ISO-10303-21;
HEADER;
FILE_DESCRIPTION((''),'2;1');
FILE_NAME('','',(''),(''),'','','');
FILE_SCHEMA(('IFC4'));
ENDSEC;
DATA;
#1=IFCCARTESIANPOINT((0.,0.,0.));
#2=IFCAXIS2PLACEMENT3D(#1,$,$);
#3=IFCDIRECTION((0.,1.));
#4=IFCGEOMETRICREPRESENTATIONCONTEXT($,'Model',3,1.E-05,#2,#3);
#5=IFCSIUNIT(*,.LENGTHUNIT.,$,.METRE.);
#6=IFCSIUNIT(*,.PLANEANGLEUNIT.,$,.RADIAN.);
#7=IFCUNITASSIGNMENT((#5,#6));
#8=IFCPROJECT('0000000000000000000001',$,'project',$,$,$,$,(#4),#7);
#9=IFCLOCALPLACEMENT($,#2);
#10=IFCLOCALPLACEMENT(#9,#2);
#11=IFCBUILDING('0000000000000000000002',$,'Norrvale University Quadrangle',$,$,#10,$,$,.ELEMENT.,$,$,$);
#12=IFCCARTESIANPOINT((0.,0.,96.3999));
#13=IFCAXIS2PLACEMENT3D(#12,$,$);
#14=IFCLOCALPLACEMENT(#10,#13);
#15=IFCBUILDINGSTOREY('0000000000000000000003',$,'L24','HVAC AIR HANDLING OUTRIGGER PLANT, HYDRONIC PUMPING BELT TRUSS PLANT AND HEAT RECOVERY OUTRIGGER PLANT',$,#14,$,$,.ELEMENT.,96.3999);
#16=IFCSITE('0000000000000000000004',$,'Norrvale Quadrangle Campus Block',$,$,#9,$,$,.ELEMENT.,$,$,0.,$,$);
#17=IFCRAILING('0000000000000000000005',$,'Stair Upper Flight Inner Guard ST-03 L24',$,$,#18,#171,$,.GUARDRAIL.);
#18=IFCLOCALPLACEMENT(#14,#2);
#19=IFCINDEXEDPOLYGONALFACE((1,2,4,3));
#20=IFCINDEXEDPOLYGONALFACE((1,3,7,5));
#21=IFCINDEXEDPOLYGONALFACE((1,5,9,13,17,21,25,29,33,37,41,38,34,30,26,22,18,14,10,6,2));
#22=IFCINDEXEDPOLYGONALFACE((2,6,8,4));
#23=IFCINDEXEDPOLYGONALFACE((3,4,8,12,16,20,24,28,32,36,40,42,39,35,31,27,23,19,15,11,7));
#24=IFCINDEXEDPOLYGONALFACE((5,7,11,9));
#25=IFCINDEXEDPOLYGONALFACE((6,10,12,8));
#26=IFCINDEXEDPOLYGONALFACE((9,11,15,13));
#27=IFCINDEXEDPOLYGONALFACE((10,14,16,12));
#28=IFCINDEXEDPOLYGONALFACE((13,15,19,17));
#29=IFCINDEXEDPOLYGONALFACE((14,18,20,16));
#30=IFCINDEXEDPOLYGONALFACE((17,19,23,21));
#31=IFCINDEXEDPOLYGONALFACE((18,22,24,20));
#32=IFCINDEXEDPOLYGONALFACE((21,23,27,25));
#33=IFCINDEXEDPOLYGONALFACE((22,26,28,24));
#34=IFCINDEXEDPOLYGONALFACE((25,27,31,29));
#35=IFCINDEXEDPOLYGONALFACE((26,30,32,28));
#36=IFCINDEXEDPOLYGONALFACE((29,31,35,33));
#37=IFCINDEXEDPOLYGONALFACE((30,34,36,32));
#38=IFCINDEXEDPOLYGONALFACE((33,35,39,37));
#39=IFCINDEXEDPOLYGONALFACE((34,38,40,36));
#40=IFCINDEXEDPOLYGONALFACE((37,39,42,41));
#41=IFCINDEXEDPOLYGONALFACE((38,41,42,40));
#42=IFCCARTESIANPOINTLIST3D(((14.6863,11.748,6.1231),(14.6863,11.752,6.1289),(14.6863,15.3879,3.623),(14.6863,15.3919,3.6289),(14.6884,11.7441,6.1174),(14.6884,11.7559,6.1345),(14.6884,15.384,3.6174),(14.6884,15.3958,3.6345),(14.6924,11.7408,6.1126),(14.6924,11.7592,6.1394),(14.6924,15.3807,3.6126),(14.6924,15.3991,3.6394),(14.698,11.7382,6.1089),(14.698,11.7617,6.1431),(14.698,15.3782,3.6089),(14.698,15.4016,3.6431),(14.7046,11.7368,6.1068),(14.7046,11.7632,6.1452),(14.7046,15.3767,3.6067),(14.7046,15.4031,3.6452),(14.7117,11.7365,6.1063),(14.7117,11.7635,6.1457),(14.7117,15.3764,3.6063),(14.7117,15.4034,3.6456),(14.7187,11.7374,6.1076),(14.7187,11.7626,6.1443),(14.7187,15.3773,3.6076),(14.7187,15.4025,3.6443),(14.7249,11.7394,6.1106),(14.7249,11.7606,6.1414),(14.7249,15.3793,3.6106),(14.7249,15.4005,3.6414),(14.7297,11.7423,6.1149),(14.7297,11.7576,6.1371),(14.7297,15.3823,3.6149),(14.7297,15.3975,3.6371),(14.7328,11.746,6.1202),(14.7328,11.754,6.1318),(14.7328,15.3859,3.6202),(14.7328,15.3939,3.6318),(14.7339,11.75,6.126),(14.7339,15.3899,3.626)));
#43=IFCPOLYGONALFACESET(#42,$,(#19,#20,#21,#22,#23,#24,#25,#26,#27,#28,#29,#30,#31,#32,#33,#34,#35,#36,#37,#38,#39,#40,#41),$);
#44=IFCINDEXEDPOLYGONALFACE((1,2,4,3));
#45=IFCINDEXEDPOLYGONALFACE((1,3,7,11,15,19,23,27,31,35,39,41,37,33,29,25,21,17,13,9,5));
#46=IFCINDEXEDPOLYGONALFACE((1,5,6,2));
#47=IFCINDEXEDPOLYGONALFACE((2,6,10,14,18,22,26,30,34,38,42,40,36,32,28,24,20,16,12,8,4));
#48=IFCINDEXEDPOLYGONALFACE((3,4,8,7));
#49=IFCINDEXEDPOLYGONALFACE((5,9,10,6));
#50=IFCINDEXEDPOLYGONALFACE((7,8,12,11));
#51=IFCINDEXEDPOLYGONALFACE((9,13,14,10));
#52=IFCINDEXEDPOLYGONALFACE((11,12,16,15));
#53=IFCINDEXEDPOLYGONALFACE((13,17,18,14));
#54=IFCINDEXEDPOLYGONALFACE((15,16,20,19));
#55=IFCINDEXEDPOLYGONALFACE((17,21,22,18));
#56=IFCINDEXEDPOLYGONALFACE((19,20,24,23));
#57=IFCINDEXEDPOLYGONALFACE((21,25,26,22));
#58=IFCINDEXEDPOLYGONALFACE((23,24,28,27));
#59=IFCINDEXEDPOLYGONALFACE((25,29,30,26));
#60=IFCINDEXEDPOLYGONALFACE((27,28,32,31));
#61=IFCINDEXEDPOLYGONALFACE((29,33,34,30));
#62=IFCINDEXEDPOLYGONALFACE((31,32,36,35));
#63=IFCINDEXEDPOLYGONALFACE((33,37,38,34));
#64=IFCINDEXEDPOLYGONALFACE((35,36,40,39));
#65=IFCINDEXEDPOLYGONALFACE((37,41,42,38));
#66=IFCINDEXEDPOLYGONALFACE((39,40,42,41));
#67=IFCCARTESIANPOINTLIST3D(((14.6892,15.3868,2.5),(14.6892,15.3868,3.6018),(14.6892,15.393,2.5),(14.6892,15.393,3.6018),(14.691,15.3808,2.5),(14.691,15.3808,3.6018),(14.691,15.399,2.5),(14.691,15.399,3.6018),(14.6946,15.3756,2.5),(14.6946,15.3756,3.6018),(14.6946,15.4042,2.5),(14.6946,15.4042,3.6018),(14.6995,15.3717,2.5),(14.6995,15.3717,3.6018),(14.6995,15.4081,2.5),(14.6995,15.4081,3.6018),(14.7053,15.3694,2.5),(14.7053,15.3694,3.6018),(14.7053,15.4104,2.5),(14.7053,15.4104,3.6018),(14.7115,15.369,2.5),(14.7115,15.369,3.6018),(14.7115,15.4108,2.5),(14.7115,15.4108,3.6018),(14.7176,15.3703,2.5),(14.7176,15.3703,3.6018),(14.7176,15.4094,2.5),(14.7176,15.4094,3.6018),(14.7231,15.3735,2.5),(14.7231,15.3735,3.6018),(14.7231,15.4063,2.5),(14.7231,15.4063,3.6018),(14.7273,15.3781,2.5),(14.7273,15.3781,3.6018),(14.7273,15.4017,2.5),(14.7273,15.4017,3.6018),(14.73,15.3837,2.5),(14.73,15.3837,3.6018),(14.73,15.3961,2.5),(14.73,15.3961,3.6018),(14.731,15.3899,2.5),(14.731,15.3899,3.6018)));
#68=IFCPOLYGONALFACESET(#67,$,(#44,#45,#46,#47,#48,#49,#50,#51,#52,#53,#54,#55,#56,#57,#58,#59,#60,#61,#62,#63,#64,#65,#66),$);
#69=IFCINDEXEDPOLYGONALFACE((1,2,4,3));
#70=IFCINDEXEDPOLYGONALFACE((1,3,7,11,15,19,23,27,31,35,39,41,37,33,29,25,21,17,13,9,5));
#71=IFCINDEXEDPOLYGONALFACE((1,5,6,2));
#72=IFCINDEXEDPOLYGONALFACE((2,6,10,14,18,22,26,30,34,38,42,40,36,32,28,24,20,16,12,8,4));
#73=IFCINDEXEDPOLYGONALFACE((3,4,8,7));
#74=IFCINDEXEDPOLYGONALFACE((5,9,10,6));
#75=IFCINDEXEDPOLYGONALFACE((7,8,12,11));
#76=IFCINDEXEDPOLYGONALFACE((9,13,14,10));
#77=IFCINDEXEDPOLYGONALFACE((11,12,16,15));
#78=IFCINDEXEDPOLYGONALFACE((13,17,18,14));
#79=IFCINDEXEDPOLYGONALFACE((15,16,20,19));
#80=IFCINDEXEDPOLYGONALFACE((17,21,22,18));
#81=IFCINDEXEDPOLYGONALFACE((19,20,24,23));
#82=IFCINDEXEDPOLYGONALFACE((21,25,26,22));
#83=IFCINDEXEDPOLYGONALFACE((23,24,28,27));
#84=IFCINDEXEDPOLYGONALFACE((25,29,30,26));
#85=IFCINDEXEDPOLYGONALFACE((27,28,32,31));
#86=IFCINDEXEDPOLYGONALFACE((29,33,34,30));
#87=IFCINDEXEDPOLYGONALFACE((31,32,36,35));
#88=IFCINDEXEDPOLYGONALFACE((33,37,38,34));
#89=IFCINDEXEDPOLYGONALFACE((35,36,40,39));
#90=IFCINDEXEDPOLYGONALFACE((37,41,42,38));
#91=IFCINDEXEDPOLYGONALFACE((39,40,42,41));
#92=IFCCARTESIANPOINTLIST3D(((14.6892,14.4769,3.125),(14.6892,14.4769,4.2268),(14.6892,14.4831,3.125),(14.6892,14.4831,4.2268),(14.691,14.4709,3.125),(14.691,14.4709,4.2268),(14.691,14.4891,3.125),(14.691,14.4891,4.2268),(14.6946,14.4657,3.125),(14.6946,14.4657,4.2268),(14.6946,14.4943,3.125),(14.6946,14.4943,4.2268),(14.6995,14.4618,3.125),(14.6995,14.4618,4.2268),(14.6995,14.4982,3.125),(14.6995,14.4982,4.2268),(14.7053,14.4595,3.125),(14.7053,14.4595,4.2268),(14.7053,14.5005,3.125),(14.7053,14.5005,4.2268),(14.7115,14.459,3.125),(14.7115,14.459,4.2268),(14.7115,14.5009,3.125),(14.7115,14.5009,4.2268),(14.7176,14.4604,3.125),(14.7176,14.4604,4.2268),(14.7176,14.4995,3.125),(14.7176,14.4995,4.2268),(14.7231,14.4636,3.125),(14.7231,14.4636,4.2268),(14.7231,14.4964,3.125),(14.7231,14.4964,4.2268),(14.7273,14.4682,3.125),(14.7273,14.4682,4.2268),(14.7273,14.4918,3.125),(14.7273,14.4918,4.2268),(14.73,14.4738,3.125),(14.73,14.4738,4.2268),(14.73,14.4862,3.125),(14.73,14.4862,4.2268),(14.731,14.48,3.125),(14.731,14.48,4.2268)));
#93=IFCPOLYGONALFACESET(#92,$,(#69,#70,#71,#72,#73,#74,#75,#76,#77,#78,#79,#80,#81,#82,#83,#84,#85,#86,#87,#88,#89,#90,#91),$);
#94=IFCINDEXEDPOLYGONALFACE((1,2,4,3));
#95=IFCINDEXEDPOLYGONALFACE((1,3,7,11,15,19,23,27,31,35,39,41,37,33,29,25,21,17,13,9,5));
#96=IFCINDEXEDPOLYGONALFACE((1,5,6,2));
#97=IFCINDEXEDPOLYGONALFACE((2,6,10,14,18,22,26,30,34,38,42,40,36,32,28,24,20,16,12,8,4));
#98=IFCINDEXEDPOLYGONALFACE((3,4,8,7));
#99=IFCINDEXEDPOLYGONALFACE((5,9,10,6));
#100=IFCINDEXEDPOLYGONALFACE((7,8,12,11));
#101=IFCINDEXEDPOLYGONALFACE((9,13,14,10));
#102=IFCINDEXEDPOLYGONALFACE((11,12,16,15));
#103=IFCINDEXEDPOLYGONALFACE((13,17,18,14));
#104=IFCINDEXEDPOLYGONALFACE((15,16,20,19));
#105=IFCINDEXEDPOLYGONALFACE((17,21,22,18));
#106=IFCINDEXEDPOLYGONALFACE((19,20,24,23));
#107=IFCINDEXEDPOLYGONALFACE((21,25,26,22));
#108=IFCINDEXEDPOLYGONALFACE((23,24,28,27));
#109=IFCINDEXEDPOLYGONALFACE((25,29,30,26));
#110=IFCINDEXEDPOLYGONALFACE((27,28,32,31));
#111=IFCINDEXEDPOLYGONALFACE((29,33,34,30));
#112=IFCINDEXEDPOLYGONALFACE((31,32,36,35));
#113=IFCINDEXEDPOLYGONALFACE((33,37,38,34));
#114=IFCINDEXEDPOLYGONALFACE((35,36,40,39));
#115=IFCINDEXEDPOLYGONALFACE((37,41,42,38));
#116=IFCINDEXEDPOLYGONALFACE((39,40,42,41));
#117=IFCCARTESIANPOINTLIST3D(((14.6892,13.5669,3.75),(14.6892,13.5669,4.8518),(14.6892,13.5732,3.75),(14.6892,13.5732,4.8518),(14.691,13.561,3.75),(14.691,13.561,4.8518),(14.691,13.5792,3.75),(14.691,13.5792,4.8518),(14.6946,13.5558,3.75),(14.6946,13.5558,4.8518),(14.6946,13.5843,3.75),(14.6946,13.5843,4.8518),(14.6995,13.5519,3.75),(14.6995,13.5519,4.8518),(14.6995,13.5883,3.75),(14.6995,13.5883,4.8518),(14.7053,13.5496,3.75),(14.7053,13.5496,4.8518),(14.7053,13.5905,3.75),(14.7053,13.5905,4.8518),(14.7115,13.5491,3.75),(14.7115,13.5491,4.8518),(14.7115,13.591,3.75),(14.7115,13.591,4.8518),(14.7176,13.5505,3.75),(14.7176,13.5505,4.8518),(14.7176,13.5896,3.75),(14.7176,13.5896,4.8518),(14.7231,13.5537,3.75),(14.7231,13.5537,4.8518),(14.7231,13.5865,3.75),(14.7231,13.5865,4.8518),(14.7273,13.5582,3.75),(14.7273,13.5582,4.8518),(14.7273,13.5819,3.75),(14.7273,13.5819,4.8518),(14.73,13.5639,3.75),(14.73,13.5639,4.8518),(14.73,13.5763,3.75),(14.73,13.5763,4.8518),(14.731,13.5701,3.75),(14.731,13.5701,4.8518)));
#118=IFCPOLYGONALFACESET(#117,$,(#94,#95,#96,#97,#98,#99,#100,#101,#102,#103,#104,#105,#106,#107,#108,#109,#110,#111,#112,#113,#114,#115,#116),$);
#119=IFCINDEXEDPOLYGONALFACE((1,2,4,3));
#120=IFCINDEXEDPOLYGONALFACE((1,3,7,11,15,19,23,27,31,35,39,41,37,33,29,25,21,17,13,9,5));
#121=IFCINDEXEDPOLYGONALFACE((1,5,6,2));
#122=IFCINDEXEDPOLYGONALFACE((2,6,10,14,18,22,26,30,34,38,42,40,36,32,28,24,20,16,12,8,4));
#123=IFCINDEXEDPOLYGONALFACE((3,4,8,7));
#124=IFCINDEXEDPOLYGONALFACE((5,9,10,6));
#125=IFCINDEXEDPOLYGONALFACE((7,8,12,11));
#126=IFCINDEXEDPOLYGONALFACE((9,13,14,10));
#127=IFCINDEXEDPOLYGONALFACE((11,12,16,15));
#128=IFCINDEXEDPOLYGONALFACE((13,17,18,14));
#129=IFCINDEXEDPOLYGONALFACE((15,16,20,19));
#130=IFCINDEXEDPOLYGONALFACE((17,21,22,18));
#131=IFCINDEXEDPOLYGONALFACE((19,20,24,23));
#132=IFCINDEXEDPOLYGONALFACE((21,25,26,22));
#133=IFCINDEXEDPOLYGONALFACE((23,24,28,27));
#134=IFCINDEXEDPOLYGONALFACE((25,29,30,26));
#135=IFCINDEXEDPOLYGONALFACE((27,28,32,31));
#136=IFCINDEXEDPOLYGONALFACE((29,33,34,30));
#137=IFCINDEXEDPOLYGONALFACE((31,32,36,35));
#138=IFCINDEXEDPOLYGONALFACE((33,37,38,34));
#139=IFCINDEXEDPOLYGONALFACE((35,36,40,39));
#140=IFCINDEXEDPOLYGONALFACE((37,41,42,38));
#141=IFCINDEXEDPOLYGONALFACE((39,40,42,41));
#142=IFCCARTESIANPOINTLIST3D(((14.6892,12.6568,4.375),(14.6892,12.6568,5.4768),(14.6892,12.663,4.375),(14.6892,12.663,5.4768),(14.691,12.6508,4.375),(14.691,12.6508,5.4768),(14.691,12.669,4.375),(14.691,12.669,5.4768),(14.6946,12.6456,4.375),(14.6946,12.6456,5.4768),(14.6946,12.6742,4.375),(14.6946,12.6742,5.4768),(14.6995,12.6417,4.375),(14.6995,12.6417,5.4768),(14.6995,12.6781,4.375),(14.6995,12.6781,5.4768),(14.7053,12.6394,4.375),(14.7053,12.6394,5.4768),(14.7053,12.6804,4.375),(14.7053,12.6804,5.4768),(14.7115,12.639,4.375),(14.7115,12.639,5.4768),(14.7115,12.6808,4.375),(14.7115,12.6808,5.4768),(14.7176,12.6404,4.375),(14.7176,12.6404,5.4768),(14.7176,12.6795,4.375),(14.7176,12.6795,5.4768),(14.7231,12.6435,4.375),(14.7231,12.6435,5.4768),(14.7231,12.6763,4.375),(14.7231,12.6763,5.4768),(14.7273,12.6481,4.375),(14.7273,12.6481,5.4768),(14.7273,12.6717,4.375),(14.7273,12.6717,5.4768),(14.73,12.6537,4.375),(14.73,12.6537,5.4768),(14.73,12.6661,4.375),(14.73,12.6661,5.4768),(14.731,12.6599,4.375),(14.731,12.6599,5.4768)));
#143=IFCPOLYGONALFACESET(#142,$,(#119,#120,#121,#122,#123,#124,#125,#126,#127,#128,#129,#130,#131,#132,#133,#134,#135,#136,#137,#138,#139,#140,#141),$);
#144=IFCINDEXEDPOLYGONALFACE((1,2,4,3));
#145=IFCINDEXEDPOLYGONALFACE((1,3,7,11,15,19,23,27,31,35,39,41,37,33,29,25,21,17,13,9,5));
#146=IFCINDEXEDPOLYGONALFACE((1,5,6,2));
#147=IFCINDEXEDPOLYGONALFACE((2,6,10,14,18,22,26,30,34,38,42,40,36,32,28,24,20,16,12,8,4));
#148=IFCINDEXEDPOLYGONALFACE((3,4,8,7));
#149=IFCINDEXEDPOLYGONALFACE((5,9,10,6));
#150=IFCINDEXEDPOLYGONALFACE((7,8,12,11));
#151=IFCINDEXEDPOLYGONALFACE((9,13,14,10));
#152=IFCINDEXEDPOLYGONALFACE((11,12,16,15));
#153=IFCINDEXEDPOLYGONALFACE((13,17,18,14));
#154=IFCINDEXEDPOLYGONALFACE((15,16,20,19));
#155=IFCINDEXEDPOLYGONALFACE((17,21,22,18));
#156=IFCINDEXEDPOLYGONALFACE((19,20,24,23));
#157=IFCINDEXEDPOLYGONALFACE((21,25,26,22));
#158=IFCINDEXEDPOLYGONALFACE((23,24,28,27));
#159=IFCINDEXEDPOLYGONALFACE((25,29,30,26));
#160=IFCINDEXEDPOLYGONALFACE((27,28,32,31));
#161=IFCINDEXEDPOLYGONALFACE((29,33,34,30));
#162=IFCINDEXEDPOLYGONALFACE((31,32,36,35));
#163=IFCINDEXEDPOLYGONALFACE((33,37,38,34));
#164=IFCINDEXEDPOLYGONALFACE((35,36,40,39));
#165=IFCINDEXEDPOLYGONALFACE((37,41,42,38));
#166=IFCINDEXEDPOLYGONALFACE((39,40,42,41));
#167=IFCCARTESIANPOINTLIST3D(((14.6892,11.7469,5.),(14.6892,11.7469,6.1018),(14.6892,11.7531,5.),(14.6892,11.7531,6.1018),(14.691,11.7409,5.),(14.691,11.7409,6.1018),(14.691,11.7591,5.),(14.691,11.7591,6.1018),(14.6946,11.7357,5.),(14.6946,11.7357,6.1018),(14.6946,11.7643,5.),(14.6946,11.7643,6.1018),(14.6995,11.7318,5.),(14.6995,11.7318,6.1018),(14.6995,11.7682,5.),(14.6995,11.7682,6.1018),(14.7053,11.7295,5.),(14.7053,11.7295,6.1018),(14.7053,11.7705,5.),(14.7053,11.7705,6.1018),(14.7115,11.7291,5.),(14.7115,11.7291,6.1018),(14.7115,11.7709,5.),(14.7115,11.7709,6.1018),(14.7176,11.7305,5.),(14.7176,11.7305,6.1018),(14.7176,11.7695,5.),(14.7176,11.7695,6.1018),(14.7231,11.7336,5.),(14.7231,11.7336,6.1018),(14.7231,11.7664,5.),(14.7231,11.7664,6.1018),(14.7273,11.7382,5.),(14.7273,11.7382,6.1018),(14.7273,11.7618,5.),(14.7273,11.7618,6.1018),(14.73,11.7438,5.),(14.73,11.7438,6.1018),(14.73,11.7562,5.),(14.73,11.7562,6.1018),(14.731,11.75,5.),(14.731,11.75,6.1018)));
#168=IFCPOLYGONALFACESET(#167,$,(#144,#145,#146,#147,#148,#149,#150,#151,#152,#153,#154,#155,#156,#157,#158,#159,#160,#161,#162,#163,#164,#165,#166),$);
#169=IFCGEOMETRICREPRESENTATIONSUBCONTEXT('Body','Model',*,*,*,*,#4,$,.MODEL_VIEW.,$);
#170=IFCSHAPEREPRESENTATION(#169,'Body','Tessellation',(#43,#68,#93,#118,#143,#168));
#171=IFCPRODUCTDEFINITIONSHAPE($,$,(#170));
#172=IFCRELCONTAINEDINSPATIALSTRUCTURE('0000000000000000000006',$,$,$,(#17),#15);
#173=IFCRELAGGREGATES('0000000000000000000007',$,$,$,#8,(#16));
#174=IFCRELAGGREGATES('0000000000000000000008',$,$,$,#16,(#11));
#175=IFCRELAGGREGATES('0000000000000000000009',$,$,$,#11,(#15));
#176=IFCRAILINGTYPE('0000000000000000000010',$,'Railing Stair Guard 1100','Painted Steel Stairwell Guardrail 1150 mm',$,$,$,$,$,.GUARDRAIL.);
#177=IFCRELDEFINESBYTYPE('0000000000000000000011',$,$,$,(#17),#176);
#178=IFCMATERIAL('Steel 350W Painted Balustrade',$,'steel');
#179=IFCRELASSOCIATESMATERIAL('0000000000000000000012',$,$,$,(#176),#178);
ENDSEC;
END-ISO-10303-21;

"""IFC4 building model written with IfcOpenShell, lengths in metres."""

from ifc_helpers import new_model, si_unit, direction, frame, origin, origin_2d, place, context, subcontext, project, spatial, circle, extrude, material, type_object, element, save


model = new_model("IFC4")

# Units and contexts
model_context = context("Model", 3, precision=1e-05, world=origin(), true_north=direction((0.0, 1.0)))
body_context = subcontext(model_context, "Body", "Model", "MODEL_VIEW")
ifc_project = project(units=[si_unit("LENGTHUNIT", "METRE"), si_unit("PLANEANGLEUNIT", "RADIAN")], contexts=[model_context])

# Site, building, storey
site_placement = place(None, origin())
site = spatial("IfcSite", under=ifc_project, at=site_placement, Name="Norrvale Quadrangle Campus Block", CompositionType="ELEMENT", RefElevation=0.0)
building_placement = place(site_placement, origin())
building = spatial("IfcBuilding", under=site, at=building_placement, Name="Norrvale University Quadrangle", CompositionType="ELEMENT")
storey_placement = place(building_placement, frame((0.0, 0.0, 96.3999)))
storey = spatial("IfcBuildingStorey", under=building, at=storey_placement, Name="L24", Description="HVAC AIR HANDLING OUTRIGGER PLANT, HYDRONIC PUMPING BELT TRUSS PLANT AND HEAT RECOVERY OUTRIGGER PLANT", CompositionType="ELEMENT", Elevation=96.3999)

# Railing
ifc_material_1 = material(Name="Steel 350W Painted Balustrade", Category="steel")
railing_type_1 = type_object("IfcRailingType", Name="Railing Stair Guard 1100", Description="Painted Steel Stairwell Guardrail 1150 mm", PredefinedType="GUARDRAIL", material=ifc_material_1)
railing_1_placement = place(storey_placement, frame((14.71, 15.3899, 2.5)))
element("IfcRailing", 1, at=railing_1_placement, inside=storey, type_object=railing_type_1, Name="Stair Upper Flight Inner Guard ST-03 L24", PredefinedType="GUARDRAIL", context=body_context, shape_type="SweptSolid", body=[
    extrude(circle(Radius=0.0239, at=origin_2d()), frame((0.0, 0.0, 1.126), z_axis=(0.0, -0.824298, 0.566156), x_axis=(1.0, 0.0, 0.0)), (0.0, 0.0, 1.0), 4.4158),
    extrude(circle(Radius=0.021, at=origin_2d()), origin(), (0.0, 0.0, 1.0), 1.1018),
    extrude(circle(Radius=0.021, at=origin_2d()), frame((0.0, -0.9099, 0.625)), (0.0, 0.0, 1.0), 1.1018),
    extrude(circle(Radius=0.021, at=origin_2d()), frame((0.0, -1.8198, 1.25)), (0.0, 0.0, 1.0), 1.1018),
    extrude(circle(Radius=0.021, at=origin_2d()), frame((0.0, -2.73, 1.875)), (0.0, 0.0, 1.0), 1.1018),
    extrude(circle(Radius=0.021, at=origin_2d()), frame((0.0, -3.6399, 2.5)), (0.0, 0.0, 1.0), 1.1018),
])

save(model, "model.ifc")
